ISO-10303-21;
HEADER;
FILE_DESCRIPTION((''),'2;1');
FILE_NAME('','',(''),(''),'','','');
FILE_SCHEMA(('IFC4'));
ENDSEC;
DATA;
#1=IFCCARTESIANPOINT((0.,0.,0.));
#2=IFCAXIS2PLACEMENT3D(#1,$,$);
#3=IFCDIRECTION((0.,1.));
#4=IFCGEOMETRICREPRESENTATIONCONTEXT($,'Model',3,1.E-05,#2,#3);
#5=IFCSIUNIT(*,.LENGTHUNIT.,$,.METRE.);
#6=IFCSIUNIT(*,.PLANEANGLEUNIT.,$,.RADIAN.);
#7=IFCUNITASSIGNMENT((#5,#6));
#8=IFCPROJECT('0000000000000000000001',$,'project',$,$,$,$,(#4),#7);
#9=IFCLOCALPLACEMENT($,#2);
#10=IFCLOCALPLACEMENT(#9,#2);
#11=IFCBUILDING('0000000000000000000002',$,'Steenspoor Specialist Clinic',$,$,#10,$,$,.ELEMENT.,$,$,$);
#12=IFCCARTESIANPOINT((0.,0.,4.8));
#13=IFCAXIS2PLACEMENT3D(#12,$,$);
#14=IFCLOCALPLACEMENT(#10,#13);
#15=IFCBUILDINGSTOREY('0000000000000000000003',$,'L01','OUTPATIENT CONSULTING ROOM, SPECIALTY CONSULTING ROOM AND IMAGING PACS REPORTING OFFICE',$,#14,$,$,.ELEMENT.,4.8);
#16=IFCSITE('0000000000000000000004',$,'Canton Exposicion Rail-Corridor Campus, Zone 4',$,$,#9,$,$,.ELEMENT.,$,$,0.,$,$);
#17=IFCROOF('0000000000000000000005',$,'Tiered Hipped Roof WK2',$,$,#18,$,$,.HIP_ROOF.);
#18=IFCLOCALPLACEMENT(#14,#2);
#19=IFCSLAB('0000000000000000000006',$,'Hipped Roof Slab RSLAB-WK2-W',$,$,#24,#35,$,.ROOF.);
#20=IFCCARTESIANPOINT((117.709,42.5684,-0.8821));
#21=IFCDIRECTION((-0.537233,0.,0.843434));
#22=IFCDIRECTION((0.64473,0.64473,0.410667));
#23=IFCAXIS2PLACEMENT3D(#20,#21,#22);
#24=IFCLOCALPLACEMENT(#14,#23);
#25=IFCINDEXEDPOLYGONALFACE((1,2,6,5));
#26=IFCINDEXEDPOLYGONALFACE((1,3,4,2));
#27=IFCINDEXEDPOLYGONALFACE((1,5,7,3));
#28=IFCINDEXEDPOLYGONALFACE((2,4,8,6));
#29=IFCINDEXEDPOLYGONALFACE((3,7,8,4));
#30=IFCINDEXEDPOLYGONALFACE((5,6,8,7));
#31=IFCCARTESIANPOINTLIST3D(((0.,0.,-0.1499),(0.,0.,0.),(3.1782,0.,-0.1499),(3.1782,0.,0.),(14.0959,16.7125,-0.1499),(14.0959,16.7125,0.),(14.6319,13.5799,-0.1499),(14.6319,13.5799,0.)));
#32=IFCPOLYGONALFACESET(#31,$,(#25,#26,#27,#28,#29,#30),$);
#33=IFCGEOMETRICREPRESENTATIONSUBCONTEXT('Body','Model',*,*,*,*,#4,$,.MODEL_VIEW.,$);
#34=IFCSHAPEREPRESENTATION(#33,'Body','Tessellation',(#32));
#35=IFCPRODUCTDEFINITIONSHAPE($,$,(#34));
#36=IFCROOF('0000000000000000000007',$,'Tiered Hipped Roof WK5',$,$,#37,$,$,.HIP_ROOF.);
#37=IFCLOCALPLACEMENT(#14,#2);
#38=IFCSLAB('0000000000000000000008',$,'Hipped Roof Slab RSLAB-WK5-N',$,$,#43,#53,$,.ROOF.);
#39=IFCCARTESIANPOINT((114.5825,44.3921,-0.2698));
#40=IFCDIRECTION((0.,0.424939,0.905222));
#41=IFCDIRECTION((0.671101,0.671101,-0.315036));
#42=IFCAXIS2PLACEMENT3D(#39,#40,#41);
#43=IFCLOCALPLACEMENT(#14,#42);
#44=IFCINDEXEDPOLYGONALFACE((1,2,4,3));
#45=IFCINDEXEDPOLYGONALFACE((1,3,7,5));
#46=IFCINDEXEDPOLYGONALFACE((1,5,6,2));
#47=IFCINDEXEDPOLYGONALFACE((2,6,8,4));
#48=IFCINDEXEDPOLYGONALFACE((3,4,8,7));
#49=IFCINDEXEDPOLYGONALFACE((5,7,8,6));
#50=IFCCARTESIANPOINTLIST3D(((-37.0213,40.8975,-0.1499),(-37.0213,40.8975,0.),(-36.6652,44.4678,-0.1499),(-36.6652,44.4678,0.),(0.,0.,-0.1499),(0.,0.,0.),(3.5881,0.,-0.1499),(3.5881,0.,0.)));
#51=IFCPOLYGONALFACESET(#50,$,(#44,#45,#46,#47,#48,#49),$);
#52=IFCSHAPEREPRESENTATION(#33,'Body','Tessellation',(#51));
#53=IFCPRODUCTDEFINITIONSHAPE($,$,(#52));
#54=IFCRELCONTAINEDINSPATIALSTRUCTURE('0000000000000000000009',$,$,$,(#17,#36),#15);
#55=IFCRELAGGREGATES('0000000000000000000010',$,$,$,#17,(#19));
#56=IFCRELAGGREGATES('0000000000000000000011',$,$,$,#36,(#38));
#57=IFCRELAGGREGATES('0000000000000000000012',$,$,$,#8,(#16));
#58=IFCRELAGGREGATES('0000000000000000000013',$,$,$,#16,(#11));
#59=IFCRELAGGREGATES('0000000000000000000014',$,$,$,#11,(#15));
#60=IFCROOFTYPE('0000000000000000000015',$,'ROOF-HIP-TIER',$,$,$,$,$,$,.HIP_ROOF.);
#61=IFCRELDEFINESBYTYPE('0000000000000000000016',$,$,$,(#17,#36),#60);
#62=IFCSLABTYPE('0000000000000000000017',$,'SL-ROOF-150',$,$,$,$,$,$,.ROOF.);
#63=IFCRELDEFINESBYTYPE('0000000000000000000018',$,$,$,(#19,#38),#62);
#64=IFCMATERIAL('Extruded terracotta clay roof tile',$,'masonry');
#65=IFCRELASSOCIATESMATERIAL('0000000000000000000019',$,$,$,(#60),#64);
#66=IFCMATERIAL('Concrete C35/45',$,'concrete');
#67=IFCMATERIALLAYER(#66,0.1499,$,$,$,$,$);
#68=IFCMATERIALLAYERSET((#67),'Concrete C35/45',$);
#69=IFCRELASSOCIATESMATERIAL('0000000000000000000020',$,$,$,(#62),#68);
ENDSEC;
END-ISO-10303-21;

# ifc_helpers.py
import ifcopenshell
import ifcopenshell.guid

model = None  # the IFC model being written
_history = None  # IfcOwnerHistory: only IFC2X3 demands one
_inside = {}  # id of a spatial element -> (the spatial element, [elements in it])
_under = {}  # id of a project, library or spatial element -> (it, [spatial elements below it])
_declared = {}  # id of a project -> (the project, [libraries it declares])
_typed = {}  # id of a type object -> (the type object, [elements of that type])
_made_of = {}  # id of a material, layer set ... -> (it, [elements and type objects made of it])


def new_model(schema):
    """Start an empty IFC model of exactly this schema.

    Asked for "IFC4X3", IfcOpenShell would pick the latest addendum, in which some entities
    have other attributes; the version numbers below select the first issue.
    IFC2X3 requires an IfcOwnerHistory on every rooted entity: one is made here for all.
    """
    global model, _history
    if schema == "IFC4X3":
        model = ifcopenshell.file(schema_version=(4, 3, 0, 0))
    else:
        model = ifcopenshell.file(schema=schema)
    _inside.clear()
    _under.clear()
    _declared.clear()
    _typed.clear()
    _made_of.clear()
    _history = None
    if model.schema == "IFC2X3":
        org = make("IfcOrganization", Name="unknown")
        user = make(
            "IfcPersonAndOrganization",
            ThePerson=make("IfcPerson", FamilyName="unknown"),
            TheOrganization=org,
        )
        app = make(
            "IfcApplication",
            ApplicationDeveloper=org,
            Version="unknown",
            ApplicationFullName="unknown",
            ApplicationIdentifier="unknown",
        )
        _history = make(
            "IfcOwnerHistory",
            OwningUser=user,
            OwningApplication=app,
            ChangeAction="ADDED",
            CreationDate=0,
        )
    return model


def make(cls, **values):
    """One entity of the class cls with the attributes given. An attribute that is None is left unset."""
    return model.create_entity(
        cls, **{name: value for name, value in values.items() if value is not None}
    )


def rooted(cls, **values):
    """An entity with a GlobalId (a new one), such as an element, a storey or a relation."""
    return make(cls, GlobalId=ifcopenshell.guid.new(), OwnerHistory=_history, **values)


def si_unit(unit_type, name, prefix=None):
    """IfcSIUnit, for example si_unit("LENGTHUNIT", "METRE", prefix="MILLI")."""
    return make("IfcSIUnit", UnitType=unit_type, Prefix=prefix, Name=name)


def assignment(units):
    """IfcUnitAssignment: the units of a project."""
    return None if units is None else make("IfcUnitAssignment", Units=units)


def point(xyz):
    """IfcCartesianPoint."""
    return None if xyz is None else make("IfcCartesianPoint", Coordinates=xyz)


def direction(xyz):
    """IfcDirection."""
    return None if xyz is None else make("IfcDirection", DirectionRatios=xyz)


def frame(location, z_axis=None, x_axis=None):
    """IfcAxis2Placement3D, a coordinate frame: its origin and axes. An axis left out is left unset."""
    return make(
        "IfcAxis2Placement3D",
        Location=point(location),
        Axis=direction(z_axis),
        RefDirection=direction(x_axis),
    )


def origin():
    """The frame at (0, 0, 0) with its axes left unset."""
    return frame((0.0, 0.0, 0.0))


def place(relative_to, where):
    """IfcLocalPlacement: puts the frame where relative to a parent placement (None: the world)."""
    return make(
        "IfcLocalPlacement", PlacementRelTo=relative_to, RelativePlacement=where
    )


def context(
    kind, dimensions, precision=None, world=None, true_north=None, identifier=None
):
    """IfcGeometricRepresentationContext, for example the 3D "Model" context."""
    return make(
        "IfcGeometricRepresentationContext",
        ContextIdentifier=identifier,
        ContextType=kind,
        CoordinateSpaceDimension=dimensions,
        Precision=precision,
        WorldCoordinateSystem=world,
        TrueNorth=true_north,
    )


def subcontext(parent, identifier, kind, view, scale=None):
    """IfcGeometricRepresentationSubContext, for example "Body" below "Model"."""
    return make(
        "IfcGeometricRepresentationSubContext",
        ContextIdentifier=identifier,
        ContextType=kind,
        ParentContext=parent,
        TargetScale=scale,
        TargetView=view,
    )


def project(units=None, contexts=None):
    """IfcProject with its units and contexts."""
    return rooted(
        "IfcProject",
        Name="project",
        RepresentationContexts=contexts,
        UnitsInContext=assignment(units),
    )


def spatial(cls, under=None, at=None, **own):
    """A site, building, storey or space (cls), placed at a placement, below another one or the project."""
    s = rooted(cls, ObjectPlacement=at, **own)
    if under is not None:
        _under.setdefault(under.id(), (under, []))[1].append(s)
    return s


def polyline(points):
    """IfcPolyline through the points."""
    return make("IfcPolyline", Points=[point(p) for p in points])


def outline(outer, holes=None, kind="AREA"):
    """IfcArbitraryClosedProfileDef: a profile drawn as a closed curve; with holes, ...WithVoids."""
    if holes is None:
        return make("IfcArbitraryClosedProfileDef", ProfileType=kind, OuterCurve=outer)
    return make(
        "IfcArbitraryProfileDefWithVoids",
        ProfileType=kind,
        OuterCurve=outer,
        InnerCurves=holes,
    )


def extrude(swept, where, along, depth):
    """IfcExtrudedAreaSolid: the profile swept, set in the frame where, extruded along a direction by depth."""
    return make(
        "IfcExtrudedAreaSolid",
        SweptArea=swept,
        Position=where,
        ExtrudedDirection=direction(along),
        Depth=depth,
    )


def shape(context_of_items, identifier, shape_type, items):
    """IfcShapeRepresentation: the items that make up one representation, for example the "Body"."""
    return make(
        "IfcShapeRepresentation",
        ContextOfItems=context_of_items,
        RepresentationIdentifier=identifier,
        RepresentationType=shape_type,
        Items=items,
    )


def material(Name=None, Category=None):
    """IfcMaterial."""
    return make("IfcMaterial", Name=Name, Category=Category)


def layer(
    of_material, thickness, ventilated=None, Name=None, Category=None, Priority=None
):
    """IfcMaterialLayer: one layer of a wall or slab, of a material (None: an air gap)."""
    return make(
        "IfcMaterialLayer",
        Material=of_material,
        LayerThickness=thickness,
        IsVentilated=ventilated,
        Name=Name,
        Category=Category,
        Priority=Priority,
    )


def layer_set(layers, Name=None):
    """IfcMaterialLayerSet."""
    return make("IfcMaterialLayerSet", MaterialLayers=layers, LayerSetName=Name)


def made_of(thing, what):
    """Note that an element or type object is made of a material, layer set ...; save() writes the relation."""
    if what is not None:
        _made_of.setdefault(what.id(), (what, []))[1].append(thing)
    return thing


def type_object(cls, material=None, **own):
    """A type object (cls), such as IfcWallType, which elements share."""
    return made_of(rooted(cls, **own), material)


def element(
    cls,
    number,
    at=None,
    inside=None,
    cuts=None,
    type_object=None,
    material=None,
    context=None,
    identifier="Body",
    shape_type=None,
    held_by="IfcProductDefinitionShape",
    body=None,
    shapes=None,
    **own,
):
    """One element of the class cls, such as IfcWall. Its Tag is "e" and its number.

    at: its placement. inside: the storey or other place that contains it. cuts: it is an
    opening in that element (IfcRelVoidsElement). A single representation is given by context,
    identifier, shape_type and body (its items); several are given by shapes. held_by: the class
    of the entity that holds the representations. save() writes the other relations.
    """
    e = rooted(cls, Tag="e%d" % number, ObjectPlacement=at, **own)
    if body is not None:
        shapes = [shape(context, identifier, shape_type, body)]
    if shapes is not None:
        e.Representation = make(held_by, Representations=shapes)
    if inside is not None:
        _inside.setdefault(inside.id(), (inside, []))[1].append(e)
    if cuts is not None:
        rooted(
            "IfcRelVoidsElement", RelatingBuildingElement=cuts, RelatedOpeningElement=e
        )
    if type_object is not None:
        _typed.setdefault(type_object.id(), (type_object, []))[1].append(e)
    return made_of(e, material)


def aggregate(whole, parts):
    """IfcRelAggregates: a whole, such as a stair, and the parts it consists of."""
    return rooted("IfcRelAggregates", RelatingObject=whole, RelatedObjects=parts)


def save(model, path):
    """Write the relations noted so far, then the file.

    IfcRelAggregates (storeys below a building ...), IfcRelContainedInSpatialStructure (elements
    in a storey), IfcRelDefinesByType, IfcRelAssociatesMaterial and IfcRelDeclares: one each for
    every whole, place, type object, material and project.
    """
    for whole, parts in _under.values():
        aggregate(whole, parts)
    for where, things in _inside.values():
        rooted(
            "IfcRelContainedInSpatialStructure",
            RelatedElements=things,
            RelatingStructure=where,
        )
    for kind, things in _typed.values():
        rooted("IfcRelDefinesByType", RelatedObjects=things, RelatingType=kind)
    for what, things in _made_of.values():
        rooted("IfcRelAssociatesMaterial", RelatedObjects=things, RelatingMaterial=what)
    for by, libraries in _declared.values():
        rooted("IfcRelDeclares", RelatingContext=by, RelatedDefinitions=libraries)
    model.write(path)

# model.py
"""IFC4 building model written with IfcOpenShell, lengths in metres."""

from ifc_helpers import new_model, si_unit, direction, frame, origin, place, context, subcontext, project, spatial, polyline, outline, extrude, material, layer, layer_set, type_object, element, aggregate, save


model = new_model("IFC4")

# Units and contexts
model_context = context("Model", 3, precision=1e-05, world=origin(), true_north=direction((0.0, 1.0)))
body_context = subcontext(model_context, "Body", "Model", "MODEL_VIEW")
ifc_project = project(units=[si_unit("LENGTHUNIT", "METRE"), si_unit("PLANEANGLEUNIT", "RADIAN")], contexts=[model_context])

# Site, building, storey
site_placement = place(None, origin())
site = spatial("IfcSite", under=ifc_project, at=site_placement, Name="Canton Exposicion Rail-Corridor Campus, Zone 4", CompositionType="ELEMENT", RefElevation=0.0)
building_placement = place(site_placement, origin())
building = spatial("IfcBuilding", under=site, at=building_placement, Name="Steenspoor Specialist Clinic", CompositionType="ELEMENT")
storey_placement = place(building_placement, frame((0.0, 0.0, 4.8)))
storey = spatial("IfcBuildingStorey", under=building, at=storey_placement, Name="L01", Description="OUTPATIENT CONSULTING ROOM, SPECIALTY CONSULTING ROOM AND IMAGING PACS REPORTING OFFICE", CompositionType="ELEMENT", Elevation=4.8)

# Shared definitions
ifc_material_1 = material(Name="Concrete C35/45", Category="concrete")

# Roofs, slabs
ifc_material_2 = material(Name="Extruded terracotta clay roof tile", Category="masonry")
roof_type = type_object("IfcRoofType", Name="ROOF-HIP-TIER", PredefinedType="HIP_ROOF", material=ifc_material_2)
roof_1_placement = place(storey_placement, origin())
roof_1 = element("IfcRoof", 1, at=roof_1_placement, inside=storey, type_object=roof_type, Name="Tiered Hipped Roof WK2", PredefinedType="HIP_ROOF")
ifc_layer_1 = layer(ifc_material_1, 0.1499)
ifc_layer_set_1 = layer_set([ifc_layer_1], Name="Concrete C35/45")
slab_type = type_object("IfcSlabType", Name="SL-ROOF-150", PredefinedType="ROOF", material=ifc_layer_set_1)
slab_1_placement = place(storey_placement, frame((117.709, 42.5684, -0.8821), z_axis=(-0.537233, 0.0, 0.843434), x_axis=(0.64473, 0.64473, 0.410667)))
slab_1 = element("IfcSlab", 2, at=slab_1_placement, type_object=slab_type, Name="Hipped Roof Slab RSLAB-WK2-W", PredefinedType="ROOF", context=body_context, shape_type="SweptSolid", body=[
    extrude(outline(polyline([(0.0, 0.0), (3.1782, 0.0), (14.6319, 13.5799), (14.0959, 16.7125), (0.0, 0.0)])), origin(), (0.0, 0.0, -1.0), 0.1499),
])
aggregate(roof_1, [slab_1])
roof_2_placement = place(storey_placement, origin())
roof_2 = element("IfcRoof", 3, at=roof_2_placement, inside=storey, type_object=roof_type, Name="Tiered Hipped Roof WK5", PredefinedType="HIP_ROOF")
slab_2_placement = place(storey_placement, frame((114.5825, 44.3921, -0.2698), z_axis=(0.0, 0.424939, 0.905222), x_axis=(0.671101, 0.671101, -0.315036)))
slab_2 = element("IfcSlab", 4, at=slab_2_placement, type_object=slab_type, Name="Hipped Roof Slab RSLAB-WK5-N", PredefinedType="ROOF", context=body_context, shape_type="SweptSolid", body=[
    extrude(outline(polyline([(0.0, 0.0), (3.5881, 0.0), (-36.6652, 44.4678), (-37.0213, 40.8975), (0.0, 0.0)])), origin(), (0.0, 0.0, -1.0), 0.1499),
])
aggregate(roof_2, [slab_2])

save(model, "model.ifc")
